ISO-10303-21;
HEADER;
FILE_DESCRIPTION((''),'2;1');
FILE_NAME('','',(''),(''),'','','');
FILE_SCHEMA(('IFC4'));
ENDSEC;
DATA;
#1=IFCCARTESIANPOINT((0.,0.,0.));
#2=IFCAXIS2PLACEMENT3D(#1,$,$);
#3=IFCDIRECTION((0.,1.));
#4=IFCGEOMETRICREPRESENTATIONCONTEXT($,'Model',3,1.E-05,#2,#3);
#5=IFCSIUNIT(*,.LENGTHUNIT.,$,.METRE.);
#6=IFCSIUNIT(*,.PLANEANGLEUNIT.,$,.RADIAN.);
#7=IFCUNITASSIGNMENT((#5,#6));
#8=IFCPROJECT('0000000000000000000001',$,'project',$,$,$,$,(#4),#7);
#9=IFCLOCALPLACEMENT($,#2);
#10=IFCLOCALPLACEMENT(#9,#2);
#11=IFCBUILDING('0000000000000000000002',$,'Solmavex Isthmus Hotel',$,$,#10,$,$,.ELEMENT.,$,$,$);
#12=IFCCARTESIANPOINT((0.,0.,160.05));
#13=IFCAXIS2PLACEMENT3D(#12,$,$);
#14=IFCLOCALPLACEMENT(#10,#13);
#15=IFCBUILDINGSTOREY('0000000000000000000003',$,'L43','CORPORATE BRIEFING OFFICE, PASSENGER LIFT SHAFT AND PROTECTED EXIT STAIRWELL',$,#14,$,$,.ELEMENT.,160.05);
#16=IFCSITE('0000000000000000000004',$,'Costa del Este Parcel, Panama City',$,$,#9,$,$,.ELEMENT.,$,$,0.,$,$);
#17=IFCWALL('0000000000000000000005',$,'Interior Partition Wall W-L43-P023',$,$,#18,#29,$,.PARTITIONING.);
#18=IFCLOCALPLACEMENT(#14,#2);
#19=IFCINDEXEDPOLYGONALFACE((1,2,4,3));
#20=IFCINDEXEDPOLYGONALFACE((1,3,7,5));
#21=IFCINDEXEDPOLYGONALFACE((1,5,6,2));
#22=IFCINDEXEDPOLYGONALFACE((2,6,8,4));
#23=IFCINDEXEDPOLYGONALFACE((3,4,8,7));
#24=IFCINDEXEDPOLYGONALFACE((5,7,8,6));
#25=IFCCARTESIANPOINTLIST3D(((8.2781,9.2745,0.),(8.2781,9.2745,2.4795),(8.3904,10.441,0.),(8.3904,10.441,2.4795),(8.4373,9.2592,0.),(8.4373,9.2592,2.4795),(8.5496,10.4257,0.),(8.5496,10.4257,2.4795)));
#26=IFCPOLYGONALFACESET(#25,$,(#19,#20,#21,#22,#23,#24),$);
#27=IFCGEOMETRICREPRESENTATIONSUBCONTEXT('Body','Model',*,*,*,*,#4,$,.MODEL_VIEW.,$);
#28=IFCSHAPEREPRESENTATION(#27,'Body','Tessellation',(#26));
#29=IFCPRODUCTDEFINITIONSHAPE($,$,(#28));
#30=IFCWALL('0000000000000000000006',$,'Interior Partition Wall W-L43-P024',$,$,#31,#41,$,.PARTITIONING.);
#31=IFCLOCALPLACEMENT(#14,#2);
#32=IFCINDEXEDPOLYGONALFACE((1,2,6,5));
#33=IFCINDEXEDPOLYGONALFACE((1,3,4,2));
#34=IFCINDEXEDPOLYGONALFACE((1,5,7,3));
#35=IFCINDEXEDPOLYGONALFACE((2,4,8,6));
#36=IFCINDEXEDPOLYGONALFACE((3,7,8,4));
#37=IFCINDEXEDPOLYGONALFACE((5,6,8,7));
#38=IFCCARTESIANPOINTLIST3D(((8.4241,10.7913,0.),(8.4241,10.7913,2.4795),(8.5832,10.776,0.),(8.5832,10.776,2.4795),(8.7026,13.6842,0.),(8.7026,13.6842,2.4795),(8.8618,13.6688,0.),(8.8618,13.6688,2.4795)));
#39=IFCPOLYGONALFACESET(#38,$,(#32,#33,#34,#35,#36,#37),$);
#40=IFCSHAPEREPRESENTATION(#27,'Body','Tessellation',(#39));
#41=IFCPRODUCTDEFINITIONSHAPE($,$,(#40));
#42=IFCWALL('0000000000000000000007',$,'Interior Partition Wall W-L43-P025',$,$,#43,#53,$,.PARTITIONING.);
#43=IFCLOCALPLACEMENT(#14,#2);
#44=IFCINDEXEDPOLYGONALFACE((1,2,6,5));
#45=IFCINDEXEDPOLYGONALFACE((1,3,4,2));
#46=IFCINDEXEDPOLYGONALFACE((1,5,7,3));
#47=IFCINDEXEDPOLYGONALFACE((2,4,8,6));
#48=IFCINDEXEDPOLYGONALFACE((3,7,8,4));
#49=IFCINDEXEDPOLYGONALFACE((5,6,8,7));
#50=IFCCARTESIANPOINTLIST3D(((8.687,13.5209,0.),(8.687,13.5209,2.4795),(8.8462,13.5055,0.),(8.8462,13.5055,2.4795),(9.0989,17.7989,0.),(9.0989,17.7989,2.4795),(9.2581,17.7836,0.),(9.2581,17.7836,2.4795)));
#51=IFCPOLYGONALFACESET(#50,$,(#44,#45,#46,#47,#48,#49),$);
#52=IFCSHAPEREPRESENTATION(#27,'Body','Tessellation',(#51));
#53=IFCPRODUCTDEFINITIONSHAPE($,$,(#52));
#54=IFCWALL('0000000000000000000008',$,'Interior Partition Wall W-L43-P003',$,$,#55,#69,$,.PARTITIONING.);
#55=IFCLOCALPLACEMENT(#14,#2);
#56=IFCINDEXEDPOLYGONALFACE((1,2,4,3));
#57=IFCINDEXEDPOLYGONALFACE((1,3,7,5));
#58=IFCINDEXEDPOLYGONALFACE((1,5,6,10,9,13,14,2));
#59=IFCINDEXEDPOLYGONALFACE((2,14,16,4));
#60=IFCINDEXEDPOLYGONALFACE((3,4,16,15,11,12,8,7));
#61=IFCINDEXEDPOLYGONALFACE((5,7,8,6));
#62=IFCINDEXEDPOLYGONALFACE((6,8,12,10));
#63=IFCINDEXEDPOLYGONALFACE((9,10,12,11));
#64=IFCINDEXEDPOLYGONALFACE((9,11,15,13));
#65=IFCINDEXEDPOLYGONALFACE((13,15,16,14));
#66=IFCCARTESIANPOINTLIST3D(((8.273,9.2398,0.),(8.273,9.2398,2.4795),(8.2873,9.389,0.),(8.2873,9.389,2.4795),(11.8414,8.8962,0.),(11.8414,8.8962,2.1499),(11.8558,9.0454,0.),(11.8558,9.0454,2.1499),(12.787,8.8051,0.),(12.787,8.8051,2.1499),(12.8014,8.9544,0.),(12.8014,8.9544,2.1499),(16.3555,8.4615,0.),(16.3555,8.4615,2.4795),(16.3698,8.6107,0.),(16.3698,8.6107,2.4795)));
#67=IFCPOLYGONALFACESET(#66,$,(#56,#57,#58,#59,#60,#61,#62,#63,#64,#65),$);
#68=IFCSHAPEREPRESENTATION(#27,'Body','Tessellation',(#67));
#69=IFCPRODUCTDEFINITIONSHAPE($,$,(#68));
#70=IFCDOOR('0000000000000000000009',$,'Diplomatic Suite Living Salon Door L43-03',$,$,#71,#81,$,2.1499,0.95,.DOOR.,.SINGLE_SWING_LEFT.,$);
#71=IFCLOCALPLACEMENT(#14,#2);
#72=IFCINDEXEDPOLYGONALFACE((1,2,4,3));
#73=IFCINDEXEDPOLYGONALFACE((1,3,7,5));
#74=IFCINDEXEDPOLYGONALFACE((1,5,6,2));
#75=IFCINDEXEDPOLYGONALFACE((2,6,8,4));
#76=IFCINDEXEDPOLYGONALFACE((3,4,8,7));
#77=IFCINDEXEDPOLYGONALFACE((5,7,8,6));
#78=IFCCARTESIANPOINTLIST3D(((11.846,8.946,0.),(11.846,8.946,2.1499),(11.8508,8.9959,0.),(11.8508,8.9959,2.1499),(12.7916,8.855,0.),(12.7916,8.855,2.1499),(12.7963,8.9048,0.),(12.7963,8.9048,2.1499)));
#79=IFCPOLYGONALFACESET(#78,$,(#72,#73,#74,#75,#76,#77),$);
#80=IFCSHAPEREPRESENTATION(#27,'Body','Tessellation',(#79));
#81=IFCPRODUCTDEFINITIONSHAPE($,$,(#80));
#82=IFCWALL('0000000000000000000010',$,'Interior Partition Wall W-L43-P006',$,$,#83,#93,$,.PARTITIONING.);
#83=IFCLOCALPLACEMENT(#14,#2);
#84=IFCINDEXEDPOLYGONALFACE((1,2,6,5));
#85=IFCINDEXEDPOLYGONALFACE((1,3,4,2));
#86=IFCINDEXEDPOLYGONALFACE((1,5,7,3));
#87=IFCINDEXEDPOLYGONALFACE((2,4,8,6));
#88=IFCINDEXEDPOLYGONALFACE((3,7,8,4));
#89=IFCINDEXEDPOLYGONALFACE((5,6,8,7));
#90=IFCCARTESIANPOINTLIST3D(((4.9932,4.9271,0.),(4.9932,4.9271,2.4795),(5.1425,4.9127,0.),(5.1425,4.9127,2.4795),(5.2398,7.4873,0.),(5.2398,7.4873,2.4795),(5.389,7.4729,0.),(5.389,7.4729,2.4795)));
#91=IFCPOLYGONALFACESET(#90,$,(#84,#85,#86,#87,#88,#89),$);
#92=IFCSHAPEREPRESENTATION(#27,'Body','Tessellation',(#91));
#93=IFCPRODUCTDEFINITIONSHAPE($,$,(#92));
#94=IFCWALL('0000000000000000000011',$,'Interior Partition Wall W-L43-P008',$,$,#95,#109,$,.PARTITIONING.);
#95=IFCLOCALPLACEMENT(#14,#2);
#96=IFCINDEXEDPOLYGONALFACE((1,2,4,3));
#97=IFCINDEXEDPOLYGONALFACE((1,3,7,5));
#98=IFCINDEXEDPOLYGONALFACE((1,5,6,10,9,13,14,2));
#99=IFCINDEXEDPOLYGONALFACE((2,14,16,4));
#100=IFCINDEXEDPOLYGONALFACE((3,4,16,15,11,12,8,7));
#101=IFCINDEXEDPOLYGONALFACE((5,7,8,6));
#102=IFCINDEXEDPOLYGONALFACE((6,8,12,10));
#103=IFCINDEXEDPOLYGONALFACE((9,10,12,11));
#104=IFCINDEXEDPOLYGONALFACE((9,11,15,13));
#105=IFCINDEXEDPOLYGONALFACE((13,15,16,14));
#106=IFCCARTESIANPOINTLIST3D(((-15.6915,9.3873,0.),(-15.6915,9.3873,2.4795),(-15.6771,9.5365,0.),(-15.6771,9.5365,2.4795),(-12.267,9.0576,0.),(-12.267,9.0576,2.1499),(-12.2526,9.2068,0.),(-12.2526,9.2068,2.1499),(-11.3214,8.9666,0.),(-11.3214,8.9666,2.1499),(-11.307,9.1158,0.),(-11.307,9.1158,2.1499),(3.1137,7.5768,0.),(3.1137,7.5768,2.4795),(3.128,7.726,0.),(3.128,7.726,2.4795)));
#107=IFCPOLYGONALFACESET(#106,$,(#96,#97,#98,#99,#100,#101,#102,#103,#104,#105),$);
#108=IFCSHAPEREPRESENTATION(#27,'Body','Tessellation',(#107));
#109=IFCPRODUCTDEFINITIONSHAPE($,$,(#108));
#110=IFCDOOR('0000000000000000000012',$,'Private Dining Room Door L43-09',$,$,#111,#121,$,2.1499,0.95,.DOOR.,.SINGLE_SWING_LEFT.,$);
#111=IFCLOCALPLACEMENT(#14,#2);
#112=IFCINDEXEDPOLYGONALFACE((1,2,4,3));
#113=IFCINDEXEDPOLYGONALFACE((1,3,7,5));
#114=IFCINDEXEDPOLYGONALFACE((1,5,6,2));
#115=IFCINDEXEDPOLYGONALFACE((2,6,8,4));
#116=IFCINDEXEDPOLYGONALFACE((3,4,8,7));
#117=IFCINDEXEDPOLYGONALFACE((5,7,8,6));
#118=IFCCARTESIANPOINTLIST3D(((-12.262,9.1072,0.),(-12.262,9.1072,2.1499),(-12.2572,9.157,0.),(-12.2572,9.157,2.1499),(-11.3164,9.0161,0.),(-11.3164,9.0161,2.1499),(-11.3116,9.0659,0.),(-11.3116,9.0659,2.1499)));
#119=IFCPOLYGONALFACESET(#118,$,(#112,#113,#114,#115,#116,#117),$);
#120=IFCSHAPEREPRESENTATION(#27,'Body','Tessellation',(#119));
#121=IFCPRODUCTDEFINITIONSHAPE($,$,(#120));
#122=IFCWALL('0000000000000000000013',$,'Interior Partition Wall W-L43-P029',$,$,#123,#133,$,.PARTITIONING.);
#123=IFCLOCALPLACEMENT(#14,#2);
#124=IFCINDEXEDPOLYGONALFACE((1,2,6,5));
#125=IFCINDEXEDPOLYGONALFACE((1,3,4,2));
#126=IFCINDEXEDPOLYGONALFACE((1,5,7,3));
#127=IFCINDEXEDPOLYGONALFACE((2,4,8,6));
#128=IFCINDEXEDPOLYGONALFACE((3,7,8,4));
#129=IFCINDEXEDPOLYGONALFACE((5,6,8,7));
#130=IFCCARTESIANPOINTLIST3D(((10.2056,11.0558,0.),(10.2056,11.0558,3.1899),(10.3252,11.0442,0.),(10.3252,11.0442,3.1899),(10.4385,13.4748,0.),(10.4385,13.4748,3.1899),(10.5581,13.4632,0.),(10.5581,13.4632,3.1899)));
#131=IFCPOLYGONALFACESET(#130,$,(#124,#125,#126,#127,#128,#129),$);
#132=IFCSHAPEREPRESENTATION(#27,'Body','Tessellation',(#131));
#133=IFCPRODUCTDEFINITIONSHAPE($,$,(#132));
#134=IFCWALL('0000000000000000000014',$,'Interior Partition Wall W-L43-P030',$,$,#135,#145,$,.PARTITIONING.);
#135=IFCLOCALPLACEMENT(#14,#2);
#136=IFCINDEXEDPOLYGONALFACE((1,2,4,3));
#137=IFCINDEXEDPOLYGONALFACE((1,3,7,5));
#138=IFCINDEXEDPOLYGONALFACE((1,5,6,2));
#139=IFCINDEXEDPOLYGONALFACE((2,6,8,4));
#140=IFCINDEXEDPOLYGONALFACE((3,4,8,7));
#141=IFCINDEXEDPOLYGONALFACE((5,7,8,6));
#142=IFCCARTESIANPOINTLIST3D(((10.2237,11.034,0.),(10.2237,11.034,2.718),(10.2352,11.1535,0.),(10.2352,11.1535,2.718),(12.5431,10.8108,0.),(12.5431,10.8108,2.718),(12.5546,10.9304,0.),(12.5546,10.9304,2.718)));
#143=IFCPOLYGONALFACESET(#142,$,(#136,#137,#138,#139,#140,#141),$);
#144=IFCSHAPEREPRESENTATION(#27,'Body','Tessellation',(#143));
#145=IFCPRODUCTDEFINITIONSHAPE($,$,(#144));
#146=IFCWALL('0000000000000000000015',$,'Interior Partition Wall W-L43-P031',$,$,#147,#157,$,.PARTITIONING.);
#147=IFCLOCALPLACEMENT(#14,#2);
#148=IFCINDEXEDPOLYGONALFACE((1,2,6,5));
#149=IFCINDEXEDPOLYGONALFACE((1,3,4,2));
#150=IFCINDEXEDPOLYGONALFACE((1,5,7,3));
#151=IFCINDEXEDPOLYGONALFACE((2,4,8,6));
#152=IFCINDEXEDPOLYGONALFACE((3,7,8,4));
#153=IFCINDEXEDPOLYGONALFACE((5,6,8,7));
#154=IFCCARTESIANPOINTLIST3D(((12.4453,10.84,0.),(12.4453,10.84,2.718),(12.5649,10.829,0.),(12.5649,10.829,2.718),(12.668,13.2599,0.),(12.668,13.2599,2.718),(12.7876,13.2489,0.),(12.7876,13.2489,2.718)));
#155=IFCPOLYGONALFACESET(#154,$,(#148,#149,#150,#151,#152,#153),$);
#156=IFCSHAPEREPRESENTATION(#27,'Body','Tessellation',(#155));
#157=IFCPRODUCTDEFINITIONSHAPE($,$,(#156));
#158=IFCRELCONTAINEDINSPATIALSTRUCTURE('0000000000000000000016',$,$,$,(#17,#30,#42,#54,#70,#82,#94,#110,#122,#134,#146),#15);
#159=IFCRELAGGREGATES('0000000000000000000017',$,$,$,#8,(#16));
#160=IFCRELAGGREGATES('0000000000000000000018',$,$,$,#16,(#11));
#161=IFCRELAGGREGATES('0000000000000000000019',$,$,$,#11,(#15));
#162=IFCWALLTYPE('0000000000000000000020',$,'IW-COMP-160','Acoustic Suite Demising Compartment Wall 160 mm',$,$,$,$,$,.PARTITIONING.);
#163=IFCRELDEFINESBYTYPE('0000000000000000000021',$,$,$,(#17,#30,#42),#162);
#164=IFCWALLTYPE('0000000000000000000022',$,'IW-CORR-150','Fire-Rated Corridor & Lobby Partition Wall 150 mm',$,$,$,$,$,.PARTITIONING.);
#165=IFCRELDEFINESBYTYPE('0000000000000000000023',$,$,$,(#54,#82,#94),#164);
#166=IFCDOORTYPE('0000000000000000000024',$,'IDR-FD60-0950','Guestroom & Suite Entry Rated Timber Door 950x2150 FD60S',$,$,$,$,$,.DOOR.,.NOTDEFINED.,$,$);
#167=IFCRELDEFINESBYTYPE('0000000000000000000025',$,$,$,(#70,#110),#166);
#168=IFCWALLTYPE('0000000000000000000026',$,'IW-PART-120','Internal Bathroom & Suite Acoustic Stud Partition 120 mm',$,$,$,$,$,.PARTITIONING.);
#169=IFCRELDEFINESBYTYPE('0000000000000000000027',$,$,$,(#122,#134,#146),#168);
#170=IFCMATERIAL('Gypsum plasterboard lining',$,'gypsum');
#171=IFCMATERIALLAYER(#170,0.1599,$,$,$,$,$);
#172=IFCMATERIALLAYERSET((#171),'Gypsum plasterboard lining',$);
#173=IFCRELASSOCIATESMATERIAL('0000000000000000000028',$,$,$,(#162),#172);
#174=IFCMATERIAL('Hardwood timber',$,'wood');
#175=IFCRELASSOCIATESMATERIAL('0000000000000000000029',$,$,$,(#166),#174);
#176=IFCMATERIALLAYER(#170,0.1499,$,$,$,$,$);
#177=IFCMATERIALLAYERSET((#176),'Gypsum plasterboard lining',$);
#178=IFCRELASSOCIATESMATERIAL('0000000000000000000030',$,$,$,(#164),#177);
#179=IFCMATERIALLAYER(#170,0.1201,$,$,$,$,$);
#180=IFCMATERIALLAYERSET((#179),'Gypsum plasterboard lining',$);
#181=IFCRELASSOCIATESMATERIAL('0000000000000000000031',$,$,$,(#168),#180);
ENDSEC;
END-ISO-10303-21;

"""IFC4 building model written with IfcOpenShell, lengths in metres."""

from ifc_helpers import new_model, si_unit, direction, frame, frame_2d, origin, place, context, subcontext, project, spatial, rectangle, extrude, material, layer, layer_set, type_object, element, fill, save


model = new_model("IFC4")

# Units and contexts
model_context = context("Model", 3, precision=1e-05, world=origin(), true_north=direction((0.0, 1.0)))
body_context = subcontext(model_context, "Body", "Model", "MODEL_VIEW")
ifc_project = project(units=[si_unit("LENGTHUNIT", "METRE"), si_unit("PLANEANGLEUNIT", "RADIAN")], contexts=[model_context])

# Site, building, storey
site_placement = place(None, origin())
site = spatial("IfcSite", under=ifc_project, at=site_placement, Name="Costa del Este Parcel, Panama City", CompositionType="ELEMENT", RefElevation=0.0)
building_placement = place(site_placement, origin())
building = spatial("IfcBuilding", under=site, at=building_placement, Name="Solmavex Isthmus Hotel", CompositionType="ELEMENT")
storey_placement = place(building_placement, frame((0.0, 0.0, 160.05)))
storey = spatial("IfcBuildingStorey", under=building, at=storey_placement, Name="L43", Description="CORPORATE BRIEFING OFFICE, PASSENGER LIFT SHAFT AND PROTECTED EXIT STAIRWELL", CompositionType="ELEMENT", Elevation=160.05)

# Walls
ifc_material_1 = material(Name="Gypsum plasterboard lining", Category="gypsum")
ifc_layer_1 = layer(ifc_material_1, 0.1599)
ifc_layer_set_1 = layer_set([ifc_layer_1], Name="Gypsum plasterboard lining")
wall_type_1 = type_object("IfcWallType", Name="IW-COMP-160", Description="Acoustic Suite Demising Compartment Wall 160 mm", PredefinedType="PARTITIONING", material=ifc_layer_set_1)
wall_1_placement = place(storey_placement, frame((8.47, 10.4333, 0.0), z_axis=(0.0, 0.0, 1.0), x_axis=(-0.095831, -0.995398, 0.0)))
element("IfcWall", 1, at=wall_1_placement, inside=storey, type_object=wall_type_1, Name="Interior Partition Wall W-L43-P023", PredefinedType="PARTITIONING", context=body_context, shape_type="SweptSolid", body=[
    extrude(rectangle(XDim=1.1719, YDim=0.1599, at=frame_2d((0.5859, 0.0))), origin(), (0.0, 0.0, 1.0), 2.4795),
])
wall_2_placement = place(storey_placement, frame((8.7822, 13.6765, 0.0), z_axis=(0.0, 0.0, 1.0), x_axis=(-0.095852, -0.995396, 0.0)))
element("IfcWall", 2, at=wall_2_placement, inside=storey, type_object=wall_type_1, Name="Interior Partition Wall W-L43-P024", PredefinedType="PARTITIONING", context=body_context, shape_type="SweptSolid", body=[
    extrude(rectangle(XDim=2.9062, YDim=0.1599, at=frame_2d((1.4531, 0.0))), origin(), (0.0, 0.0, 1.0), 2.4795),
])
wall_3_placement = place(storey_placement, frame((9.1785, 17.7913, 0.0), z_axis=(0.0, 0.0, 1.0), x_axis=(-0.09583, -0.995398, 0.0)))
element("IfcWall", 3, at=wall_3_placement, inside=storey, type_object=wall_type_1, Name="Interior Partition Wall W-L43-P025", PredefinedType="PARTITIONING", context=body_context, shape_type="SweptSolid", body=[
    extrude(rectangle(XDim=4.2979, YDim=0.1599, at=frame_2d((2.1489, 0.0))), origin(), (0.0, 0.0, 1.0), 2.4795),
])

# Wall, opening, door
ifc_material_2 = material(Name="Hardwood timber", Category="wood")
door_type_1 = type_object("IfcDoorType", Name="IDR-FD60-0950", Description="Guestroom & Suite Entry Rated Timber Door 950x2150 FD60S", OperationType="NOTDEFINED", PredefinedType="DOOR", material=ifc_material_2)
ifc_layer_2 = layer(ifc_material_1, 0.1499)
ifc_layer_set_2 = layer_set([ifc_layer_2], Name="Gypsum plasterboard lining")
wall_type_2 = type_object("IfcWallType", Name="IW-CORR-150", Description="Fire-Rated Corridor & Lobby Partition Wall 150 mm", PredefinedType="PARTITIONING", material=ifc_layer_set_2)
wall_4_placement = place(storey_placement, frame((8.28, 9.3145, 0.0), z_axis=(0.0, 0.0, 1.0), x_axis=(0.995395, -0.095853, 0.0)))
wall_4 = element("IfcWall", 4, at=wall_4_placement, inside=storey, type_object=wall_type_2, Name="Interior Partition Wall W-L43-P003", PredefinedType="PARTITIONING", context=body_context, shape_type="SweptSolid", body=[
    extrude(rectangle(XDim=8.1199, YDim=0.1499, at=frame_2d((4.0601, 0.0))), origin(), (0.0, 0.0, 1.0), 2.4795),
])
opening_1_placement = place(wall_4_placement, frame((3.585, 0.0, 0.0)))
opening_1 = element("IfcOpeningElement", 5, at=opening_1_placement, cuts=wall_4, PredefinedType="OPENING", context=body_context, shape_type="SweptSolid", body=[
    extrude(rectangle(XDim=0.95, YDim=2.1499, at=frame_2d((0.4751, 1.075))), frame((0.0, 0.085, 0.0), z_axis=(0.0, -1.0, 0.0), x_axis=(1.0, 0.0, 0.0)), (0.0, 0.0, 1.0), 0.1699),
])
door_1_placement = place(opening_1_placement, frame((0.95, 0.0, 0.0), z_axis=(0.0, 0.0, 1.0), x_axis=(-1.0, 0.0, 0.0)))
door_1 = element("IfcDoor", 6, at=door_1_placement, inside=storey, type_object=door_type_1, Name="Diplomatic Suite Living Salon Door L43-03", OperationType="SINGLE_SWING_LEFT", OverallHeight=2.1499, OverallWidth=0.95, PredefinedType="DOOR", context=body_context, shape_type="SweptSolid", body=[
    extrude(rectangle(XDim=0.95, YDim=2.1499, at=frame_2d((0.4751, 1.075))), frame((0.0, 0.0249, 0.0), z_axis=(0.0, -1.0, 0.0), x_axis=(1.0, 0.0, 0.0)), (0.0, 0.0, 1.0), 0.05),
])
fill(opening_1, door_1)

# Wall
wall_5_placement = place(storey_placement, frame((5.3145, 7.4802, 0.0), z_axis=(0.0, 0.0, 1.0), x_axis=(-0.095875, -0.995393, 0.0)))
element("IfcWall", 7, at=wall_5_placement, inside=storey, type_object=wall_type_2, Name="Interior Partition Wall W-L43-P006", PredefinedType="PARTITIONING", context=body_context, shape_type="SweptSolid", body=[
    extrude(rectangle(XDim=2.572, YDim=0.1499, at=frame_2d((1.2861, 0.0))), origin(), (0.0, 0.0, 1.0), 2.4795),
])

# Wall, opening, door
wall_6_placement = place(storey_placement, frame((3.1208, 7.6514, 0.0), z_axis=(0.0, 0.0, 1.0), x_axis=(-0.995397, 0.095836, 0.0)))
wall_6 = element("IfcWall", 8, at=wall_6_placement, inside=storey, type_object=wall_type_2, Name="Interior Partition Wall W-L43-P008", PredefinedType="PARTITIONING", context=body_context, shape_type="SweptSolid", body=[
    extrude(rectangle(XDim=18.8921, YDim=0.1499, at=frame_2d((9.446, 0.0))), origin(), (0.0, 0.0, 1.0), 2.4795),
])
opening_2_placement = place(wall_6_placement, frame((14.5017, 0.0, 0.0)))
opening_2 = element("IfcOpeningElement", 9, at=opening_2_placement, cuts=wall_6, PredefinedType="OPENING", context=body_context, shape_type="SweptSolid", body=[
    extrude(rectangle(XDim=0.95, YDim=2.1499, at=frame_2d((0.4751, 1.075))), frame((0.0, 0.085, 0.0), z_axis=(0.0, -1.0, 0.0), x_axis=(1.0, 0.0, 0.0)), (0.0, 0.0, 1.0), 0.1699),
])
door_2_placement = place(opening_2_placement, frame((0.95, 0.0, 0.0), z_axis=(0.0, 0.0, 1.0), x_axis=(-1.0, 0.0, 0.0)))
door_2 = element("IfcDoor", 10, at=door_2_placement, inside=storey, type_object=door_type_1, Name="Private Dining Room Door L43-09", OperationType="SINGLE_SWING_LEFT", OverallHeight=2.1499, OverallWidth=0.95, PredefinedType="DOOR", context=body_context, shape_type="SweptSolid", body=[
    extrude(rectangle(XDim=0.95, YDim=2.1499, at=frame_2d((0.4751, 1.075))), frame((0.0, 0.0249, 0.0), z_axis=(0.0, -1.0, 0.0), x_axis=(1.0, 0.0, 0.0)), (0.0, 0.0, 1.0), 0.05),
])
fill(opening_2, door_2)

# Walls
ifc_layer_3 = layer(ifc_material_1, 0.1201)
ifc_layer_set_3 = layer_set([ifc_layer_3], Name="Gypsum plasterboard lining")
wall_type_3 = type_object("IfcWallType", Name="IW-PART-120", Description="Internal Bathroom & Suite Acoustic Stud Partition 120 mm", PredefinedType="PARTITIONING", material=ifc_layer_set_3)
wall_7_placement = place(storey_placement, frame((10.4983, 13.469, 0.0), z_axis=(0.0, 0.0, 1.0), x_axis=(-0.095843, -0.995397, 0.0)))
element("IfcWall", 11, at=wall_7_placement, inside=storey, type_object=wall_type_3, Name="Interior Partition Wall W-L43-P029", PredefinedType="PARTITIONING", context=body_context, shape_type="SweptSolid", body=[
    extrude(rectangle(XDim=2.4302, YDim=0.1201, at=frame_2d((1.2151, 0.0))), origin(), (0.0, 0.0, 1.0), 3.1899),
])
wall_8_placement = place(storey_placement, frame((10.2295, 11.0938, 0.0), z_axis=(0.0, 0.0, 1.0), x_axis=(0.995404, -0.095768, 0.0)))
element("IfcWall", 12, at=wall_8_placement, inside=storey, type_object=wall_type_3, Name="Interior Partition Wall W-L43-P030", PredefinedType="PARTITIONING", context=body_context, shape_type="SweptSolid", body=[
    extrude(rectangle(XDim=2.3301, YDim=0.1201, at=frame_2d((1.165, 0.0))), origin(), (0.0, 0.0, 1.0), 2.718),
])
wall_9_placement = place(storey_placement, frame((12.5051, 10.8345, 0.0), z_axis=(0.0, 0.0, 1.0), x_axis=(0.091623, 0.995794, 0.0)))
element("IfcWall", 13, at=wall_9_placement, inside=storey, type_object=wall_type_3, Name="Interior Partition Wall W-L43-P031", PredefinedType="PARTITIONING", context=body_context, shape_type="SweptSolid", body=[
    extrude(rectangle(XDim=2.4302, YDim=0.1201, at=frame_2d((1.2151, 0.0))), origin(), (0.0, 0.0, 1.0), 2.718),
])

save(model, "model.ifc")
